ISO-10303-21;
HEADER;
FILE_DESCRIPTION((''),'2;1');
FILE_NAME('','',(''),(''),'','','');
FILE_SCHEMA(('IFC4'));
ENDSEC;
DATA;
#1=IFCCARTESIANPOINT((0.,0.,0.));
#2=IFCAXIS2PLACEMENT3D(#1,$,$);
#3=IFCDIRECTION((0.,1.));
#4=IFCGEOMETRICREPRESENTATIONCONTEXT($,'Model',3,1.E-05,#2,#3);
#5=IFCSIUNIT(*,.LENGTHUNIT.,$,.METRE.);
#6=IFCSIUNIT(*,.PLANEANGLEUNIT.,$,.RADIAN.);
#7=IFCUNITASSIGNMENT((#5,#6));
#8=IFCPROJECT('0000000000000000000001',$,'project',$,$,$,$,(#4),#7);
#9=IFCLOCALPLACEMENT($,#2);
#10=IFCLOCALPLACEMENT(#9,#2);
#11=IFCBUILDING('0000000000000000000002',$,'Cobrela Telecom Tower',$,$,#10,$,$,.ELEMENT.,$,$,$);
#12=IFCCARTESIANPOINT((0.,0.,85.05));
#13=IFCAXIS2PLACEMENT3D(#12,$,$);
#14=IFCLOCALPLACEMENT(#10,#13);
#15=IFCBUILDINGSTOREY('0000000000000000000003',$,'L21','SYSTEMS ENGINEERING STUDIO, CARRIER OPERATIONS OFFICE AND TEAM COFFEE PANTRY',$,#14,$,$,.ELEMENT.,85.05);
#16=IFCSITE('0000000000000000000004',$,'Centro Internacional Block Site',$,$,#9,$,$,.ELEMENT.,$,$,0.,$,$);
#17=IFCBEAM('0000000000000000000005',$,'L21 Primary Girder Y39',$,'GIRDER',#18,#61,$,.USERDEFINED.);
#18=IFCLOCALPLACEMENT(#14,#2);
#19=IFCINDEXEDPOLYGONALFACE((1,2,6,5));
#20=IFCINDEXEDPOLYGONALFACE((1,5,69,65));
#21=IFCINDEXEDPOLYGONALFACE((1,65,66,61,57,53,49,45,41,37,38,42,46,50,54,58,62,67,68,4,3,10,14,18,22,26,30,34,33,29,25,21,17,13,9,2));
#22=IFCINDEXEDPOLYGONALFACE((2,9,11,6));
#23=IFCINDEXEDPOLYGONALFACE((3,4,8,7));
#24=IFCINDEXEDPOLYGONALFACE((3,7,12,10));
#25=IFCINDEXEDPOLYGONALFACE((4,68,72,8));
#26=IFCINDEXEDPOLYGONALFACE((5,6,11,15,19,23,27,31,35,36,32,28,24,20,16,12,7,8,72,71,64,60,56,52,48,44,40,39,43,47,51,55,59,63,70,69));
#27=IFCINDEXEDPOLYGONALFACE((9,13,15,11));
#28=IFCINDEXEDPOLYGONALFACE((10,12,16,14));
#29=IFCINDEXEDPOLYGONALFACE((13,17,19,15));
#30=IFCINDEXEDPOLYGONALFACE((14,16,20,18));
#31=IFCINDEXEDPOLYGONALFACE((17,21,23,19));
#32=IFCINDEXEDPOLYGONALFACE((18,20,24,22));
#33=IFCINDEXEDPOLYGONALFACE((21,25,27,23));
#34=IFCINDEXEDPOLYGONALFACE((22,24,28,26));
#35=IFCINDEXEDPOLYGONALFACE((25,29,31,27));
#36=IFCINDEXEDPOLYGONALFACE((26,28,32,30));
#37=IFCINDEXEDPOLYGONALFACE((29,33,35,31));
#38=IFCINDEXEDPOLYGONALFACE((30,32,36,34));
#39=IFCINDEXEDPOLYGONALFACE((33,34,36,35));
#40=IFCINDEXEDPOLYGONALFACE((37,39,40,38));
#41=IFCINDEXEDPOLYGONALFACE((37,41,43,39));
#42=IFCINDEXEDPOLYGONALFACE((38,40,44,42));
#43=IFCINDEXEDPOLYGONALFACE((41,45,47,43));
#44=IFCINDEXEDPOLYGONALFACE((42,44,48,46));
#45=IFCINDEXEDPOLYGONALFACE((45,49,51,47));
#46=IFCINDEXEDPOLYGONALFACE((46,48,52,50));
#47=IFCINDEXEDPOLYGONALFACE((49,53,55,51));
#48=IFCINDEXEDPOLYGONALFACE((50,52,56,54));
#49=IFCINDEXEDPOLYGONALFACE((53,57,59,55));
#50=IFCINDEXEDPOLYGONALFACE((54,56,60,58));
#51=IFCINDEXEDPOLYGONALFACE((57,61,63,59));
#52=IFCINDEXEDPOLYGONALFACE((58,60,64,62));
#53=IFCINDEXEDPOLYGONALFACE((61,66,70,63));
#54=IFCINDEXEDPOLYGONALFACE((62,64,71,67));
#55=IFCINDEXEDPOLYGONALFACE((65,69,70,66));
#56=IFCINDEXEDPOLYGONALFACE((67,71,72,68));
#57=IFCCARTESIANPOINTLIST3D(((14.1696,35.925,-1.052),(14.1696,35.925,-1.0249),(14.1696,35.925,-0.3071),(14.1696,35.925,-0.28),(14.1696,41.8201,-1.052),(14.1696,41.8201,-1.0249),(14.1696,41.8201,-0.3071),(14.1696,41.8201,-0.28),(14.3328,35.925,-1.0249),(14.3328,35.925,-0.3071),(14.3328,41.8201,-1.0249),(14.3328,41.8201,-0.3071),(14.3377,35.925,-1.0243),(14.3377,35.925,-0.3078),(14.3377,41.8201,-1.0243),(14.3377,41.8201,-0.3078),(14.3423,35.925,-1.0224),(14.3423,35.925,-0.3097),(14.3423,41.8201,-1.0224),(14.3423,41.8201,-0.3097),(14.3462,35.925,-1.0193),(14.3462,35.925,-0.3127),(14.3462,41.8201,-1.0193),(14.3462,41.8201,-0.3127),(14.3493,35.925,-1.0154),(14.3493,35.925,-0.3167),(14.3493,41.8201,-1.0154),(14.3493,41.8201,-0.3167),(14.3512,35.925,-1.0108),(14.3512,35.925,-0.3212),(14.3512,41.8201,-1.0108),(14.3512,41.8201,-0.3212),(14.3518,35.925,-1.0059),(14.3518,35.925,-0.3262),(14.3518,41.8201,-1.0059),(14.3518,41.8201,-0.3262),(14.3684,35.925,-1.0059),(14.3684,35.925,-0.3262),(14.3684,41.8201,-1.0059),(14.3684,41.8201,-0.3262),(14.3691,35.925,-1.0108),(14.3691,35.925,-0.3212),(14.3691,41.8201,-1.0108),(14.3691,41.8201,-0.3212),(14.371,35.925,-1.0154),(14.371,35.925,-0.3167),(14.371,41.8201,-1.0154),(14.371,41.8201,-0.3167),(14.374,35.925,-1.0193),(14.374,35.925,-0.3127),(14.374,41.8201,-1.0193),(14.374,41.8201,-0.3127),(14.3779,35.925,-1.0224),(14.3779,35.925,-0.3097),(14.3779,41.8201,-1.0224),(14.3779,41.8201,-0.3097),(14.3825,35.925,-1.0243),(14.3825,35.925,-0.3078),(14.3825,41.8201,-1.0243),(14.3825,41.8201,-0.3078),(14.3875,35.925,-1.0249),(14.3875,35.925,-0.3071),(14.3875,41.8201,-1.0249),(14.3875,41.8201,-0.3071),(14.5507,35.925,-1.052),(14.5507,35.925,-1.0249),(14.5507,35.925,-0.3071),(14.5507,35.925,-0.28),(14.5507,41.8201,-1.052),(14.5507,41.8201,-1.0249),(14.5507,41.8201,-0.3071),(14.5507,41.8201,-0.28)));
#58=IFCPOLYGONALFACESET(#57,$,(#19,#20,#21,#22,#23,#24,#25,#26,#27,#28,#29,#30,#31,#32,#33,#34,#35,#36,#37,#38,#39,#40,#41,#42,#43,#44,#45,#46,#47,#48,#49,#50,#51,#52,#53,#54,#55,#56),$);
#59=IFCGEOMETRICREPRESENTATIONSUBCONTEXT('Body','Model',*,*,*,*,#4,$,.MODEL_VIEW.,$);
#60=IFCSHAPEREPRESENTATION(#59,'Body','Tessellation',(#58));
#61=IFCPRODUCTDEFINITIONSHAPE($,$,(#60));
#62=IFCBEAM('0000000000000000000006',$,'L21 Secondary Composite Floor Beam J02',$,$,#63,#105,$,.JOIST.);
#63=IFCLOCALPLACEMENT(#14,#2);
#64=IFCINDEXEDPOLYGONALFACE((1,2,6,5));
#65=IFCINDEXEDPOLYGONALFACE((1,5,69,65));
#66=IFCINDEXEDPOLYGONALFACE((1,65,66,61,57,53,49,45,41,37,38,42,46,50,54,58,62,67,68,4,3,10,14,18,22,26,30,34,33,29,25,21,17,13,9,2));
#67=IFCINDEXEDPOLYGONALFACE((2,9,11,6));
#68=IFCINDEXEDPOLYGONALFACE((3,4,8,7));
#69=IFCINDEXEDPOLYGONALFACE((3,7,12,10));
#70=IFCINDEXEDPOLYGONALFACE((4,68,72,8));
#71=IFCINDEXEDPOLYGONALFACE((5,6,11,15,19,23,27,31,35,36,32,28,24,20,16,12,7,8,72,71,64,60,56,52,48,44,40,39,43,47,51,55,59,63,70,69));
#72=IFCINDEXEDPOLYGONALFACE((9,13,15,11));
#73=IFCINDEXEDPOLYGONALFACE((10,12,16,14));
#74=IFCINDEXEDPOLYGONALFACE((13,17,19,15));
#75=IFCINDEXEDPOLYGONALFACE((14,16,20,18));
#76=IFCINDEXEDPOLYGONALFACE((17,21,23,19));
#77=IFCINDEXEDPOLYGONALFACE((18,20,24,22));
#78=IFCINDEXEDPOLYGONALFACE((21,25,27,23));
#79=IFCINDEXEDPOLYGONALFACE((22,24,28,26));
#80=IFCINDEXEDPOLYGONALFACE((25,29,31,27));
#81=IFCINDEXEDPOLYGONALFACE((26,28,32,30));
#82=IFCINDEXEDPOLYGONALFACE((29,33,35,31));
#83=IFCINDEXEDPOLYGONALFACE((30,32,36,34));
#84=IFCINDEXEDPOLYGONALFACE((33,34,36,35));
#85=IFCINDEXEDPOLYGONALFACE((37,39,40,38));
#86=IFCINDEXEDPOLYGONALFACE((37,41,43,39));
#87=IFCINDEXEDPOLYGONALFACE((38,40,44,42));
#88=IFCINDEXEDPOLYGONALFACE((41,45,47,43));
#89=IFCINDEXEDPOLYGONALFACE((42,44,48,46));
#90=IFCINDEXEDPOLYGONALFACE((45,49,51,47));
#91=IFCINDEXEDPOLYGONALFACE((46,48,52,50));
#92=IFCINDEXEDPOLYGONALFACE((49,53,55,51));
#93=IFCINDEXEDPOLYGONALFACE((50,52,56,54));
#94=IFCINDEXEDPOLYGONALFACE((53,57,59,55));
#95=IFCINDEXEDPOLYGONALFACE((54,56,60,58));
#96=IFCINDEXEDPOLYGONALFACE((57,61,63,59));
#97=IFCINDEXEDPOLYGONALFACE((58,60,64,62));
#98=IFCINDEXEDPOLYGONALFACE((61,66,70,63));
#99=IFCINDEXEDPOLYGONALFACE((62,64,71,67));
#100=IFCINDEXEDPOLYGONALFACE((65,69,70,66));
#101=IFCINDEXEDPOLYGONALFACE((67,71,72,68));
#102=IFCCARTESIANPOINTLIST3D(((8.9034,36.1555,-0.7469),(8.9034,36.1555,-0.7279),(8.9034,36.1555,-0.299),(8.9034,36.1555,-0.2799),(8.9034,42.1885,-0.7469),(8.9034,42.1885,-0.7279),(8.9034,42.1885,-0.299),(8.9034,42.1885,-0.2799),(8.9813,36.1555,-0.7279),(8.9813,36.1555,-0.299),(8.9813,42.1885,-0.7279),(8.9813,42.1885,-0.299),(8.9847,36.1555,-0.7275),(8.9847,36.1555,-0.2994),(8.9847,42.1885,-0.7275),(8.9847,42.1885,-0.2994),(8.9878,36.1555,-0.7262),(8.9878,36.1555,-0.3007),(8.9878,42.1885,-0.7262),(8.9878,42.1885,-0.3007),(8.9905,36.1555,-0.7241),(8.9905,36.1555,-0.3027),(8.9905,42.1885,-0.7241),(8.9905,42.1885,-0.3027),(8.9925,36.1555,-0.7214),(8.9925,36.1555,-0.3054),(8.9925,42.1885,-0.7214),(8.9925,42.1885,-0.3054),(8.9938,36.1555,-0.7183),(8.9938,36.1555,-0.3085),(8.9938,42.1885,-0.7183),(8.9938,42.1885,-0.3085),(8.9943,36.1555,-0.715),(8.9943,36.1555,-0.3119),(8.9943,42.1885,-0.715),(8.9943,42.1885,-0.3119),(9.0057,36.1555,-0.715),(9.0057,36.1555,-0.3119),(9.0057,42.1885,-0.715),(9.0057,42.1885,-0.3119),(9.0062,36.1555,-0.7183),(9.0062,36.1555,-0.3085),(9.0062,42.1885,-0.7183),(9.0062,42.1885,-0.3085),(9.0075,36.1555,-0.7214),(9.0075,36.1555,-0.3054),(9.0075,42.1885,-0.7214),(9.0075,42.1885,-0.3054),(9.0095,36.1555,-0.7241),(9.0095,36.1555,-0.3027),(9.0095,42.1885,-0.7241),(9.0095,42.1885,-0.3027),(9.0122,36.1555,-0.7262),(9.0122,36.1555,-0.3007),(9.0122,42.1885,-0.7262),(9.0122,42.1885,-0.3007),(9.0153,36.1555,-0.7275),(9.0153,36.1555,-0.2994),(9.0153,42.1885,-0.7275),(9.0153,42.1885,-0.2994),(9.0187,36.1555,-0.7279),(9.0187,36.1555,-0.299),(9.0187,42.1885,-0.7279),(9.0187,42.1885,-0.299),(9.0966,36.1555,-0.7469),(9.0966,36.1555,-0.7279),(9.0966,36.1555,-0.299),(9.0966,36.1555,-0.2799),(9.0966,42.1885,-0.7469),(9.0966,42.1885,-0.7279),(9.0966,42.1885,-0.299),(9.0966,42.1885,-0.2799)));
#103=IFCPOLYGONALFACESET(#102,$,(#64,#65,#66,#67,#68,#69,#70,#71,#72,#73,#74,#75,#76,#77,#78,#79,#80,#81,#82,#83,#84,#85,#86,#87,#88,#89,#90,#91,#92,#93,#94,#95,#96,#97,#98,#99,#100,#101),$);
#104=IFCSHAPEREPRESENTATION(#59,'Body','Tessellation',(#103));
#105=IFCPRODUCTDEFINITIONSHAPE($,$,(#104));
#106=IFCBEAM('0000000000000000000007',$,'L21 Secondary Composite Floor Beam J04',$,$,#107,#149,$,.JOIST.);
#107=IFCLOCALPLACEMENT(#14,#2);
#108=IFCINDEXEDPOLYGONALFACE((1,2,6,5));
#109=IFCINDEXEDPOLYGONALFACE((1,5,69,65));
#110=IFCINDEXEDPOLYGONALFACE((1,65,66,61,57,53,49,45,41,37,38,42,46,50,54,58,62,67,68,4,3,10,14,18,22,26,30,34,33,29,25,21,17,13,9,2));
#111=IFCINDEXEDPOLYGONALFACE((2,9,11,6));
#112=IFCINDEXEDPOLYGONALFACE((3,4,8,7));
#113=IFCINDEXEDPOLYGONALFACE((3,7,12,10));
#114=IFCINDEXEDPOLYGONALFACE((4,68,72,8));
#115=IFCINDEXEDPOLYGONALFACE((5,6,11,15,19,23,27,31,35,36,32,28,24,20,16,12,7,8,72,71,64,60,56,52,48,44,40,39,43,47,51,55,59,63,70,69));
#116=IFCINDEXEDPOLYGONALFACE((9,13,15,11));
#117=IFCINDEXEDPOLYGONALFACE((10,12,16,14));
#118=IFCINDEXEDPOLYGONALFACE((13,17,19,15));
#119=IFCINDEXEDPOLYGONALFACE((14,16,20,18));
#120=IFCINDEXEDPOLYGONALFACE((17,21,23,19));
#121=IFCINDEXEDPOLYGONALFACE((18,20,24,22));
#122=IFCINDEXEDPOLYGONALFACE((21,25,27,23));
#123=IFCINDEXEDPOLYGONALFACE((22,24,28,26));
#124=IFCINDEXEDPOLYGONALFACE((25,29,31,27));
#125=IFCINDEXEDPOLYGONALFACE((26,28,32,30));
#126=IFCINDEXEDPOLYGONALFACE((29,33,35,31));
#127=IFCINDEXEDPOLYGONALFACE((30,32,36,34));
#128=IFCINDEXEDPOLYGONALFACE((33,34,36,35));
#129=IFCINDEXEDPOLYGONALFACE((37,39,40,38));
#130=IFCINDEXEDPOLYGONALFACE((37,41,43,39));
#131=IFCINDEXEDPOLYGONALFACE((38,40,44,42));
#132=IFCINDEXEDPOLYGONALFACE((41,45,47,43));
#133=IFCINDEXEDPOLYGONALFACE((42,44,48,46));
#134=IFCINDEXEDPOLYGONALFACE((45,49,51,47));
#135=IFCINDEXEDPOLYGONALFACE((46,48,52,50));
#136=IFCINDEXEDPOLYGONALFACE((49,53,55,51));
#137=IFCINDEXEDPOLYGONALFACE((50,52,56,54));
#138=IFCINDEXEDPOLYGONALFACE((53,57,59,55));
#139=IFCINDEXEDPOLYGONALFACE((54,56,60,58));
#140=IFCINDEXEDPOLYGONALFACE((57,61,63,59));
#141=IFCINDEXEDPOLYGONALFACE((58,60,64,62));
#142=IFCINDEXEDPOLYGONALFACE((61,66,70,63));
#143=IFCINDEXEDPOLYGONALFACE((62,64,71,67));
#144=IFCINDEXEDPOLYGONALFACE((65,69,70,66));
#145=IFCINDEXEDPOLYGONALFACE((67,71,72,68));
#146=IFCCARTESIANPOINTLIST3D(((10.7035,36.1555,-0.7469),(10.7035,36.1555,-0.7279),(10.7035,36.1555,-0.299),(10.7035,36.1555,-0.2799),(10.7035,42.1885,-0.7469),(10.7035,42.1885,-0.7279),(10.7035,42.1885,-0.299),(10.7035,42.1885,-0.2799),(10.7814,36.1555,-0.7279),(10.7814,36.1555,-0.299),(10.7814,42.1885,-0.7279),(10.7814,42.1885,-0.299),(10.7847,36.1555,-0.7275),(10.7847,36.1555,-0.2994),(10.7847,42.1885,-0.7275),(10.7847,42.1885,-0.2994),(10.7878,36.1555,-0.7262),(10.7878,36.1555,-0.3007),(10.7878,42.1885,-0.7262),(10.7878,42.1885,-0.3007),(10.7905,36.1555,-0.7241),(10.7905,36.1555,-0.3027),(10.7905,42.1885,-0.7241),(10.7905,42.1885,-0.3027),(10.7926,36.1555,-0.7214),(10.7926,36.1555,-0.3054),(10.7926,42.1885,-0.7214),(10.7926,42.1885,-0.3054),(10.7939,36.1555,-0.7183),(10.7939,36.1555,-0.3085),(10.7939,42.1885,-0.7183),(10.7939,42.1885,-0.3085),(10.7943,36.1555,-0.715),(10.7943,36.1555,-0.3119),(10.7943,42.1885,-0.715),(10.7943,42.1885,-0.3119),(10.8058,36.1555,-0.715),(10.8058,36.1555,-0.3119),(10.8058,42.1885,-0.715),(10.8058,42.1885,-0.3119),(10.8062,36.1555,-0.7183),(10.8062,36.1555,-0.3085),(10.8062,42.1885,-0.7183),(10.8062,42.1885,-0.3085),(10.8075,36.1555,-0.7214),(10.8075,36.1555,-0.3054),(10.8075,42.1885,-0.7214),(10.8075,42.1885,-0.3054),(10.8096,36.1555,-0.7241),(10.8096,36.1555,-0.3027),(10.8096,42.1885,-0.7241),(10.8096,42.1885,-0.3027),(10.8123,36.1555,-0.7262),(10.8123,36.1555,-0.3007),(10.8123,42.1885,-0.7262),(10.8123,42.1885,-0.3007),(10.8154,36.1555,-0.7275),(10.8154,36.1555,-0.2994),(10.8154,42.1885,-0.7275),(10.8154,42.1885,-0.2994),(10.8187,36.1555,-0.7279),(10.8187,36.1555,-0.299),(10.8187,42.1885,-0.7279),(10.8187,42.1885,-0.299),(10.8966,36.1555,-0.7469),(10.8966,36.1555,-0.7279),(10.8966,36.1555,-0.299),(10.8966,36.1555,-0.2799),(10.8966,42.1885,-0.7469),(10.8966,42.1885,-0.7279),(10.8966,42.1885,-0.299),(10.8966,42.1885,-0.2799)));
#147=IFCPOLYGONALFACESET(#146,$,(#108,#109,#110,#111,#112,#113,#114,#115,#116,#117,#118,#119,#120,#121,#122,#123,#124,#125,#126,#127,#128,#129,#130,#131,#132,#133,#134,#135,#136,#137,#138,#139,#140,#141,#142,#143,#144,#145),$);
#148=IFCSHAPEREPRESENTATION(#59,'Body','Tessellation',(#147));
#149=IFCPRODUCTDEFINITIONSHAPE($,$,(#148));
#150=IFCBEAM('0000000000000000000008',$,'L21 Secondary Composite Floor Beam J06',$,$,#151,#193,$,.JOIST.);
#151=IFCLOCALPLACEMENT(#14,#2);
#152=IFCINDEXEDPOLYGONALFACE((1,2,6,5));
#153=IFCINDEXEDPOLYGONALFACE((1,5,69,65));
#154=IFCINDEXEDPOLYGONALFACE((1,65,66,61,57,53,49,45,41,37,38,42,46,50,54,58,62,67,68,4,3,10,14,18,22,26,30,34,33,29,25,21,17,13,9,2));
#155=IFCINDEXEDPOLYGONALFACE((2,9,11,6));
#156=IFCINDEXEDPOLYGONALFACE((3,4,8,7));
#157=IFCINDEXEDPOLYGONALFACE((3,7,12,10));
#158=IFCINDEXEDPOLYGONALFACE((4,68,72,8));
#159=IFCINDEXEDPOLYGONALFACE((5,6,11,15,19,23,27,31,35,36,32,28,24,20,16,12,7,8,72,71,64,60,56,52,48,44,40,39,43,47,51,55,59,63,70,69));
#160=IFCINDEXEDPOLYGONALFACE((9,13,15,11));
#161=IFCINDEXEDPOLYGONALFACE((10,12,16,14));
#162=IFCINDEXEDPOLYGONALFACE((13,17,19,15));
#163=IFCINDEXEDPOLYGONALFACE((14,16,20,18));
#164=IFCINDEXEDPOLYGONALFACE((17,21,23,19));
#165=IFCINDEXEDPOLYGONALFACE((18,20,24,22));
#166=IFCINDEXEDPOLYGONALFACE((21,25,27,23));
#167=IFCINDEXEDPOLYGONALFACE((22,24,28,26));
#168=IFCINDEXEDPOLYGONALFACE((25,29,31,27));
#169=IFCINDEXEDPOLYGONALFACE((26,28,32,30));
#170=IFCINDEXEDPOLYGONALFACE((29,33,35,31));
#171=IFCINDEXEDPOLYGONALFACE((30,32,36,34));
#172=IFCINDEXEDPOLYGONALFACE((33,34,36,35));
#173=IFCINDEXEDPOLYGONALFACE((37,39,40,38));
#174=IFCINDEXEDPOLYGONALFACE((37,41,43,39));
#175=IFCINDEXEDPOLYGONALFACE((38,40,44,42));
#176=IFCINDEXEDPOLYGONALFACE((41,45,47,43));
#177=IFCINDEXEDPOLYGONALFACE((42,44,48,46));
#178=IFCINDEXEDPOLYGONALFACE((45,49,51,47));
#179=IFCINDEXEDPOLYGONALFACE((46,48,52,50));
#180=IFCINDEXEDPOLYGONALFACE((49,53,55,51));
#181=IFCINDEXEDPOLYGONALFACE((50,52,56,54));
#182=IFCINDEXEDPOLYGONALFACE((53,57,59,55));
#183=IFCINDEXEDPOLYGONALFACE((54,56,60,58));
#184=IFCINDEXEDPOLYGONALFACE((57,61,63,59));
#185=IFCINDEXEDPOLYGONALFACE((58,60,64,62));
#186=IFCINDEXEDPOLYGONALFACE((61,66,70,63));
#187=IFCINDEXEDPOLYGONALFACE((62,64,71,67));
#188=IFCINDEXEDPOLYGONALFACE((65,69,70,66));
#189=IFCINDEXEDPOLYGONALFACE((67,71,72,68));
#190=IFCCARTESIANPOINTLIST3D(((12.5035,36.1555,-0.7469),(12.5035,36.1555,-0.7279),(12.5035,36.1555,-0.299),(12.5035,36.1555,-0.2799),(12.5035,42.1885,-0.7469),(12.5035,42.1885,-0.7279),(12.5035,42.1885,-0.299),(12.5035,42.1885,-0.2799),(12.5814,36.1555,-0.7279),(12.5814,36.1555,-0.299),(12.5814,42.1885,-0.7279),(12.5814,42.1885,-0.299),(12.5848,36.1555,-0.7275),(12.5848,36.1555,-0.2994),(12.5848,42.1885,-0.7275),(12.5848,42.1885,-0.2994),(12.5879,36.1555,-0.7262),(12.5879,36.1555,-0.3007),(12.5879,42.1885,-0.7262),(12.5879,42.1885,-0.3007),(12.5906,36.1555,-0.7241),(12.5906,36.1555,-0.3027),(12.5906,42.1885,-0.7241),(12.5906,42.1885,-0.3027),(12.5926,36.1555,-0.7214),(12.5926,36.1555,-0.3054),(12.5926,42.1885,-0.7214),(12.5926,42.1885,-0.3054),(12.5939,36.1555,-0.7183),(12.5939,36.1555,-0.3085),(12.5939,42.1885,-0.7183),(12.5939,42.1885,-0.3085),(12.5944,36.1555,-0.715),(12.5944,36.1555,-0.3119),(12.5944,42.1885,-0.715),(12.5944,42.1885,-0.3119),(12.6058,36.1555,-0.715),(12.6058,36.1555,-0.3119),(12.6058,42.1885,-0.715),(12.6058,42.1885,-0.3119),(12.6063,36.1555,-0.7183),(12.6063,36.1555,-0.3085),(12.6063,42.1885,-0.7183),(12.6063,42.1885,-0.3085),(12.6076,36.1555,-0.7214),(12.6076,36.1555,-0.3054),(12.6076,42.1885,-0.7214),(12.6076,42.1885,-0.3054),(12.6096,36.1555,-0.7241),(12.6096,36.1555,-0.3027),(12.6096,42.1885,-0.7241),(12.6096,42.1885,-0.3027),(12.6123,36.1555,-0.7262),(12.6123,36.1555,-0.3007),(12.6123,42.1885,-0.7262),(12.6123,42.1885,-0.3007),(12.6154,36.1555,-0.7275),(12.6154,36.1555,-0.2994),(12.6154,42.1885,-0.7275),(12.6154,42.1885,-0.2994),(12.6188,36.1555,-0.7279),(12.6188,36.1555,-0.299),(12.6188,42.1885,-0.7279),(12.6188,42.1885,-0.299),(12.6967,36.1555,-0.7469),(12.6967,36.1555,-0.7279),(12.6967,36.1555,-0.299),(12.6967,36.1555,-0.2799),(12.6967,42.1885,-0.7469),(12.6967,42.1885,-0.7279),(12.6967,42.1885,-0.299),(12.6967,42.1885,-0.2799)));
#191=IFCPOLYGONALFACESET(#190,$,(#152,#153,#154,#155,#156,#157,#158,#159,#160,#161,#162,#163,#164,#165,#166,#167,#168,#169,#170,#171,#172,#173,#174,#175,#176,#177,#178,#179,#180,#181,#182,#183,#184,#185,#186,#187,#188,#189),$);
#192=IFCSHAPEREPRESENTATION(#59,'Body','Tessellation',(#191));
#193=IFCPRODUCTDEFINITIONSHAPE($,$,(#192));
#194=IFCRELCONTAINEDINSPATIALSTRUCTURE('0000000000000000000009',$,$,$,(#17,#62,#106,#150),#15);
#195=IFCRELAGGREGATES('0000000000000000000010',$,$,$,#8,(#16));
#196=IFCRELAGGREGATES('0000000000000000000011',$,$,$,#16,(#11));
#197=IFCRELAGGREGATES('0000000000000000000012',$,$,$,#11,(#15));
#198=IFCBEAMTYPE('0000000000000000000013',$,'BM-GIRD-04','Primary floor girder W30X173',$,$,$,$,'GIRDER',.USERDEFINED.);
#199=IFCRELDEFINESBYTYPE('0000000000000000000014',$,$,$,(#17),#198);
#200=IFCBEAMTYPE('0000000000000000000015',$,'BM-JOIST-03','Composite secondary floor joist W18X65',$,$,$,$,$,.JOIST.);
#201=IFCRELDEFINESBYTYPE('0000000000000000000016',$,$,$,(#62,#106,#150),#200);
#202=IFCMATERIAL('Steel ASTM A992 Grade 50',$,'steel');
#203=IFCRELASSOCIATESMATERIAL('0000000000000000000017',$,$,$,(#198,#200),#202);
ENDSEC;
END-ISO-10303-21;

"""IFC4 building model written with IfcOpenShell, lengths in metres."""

from ifc_helpers import new_model, si_unit, direction, frame, origin, origin_2d, place, context, subcontext, project, spatial, i_section, extrude, material, material_profile, profile_set, type_object, element, save


model = new_model("IFC4")

# Units and contexts
model_context = context("Model", 3, precision=1e-05, world=origin(), true_north=direction((0.0, 1.0)))
body_context = subcontext(model_context, "Body", "Model", "MODEL_VIEW")
ifc_project = project(units=[si_unit("LENGTHUNIT", "METRE"), si_unit("PLANEANGLEUNIT", "RADIAN")], contexts=[model_context])

# Site, building, storey
site_placement = place(None, origin())
site = spatial("IfcSite", under=ifc_project, at=site_placement, Name="Centro Internacional Block Site", CompositionType="ELEMENT", RefElevation=0.0)
building_placement = place(site_placement, origin())
building = spatial("IfcBuilding", under=site, at=building_placement, Name="Cobrela Telecom Tower", CompositionType="ELEMENT")
storey_placement = place(building_placement, frame((0.0, 0.0, 85.05)))
storey = spatial("IfcBuildingStorey", under=building, at=storey_placement, Name="L21", Description="SYSTEMS ENGINEERING STUDIO, CARRIER OPERATIONS OFFICE AND TEAM COFFEE PANTRY", CompositionType="ELEMENT", Elevation=85.05)

# Beams
ifc_material_1 = material(Name="Steel ASTM A992 Grade 50", Category="steel")
ifc_material_profile_1 = material_profile(ifc_material_1, i_section(OverallWidth=0.3811, OverallDepth=0.772, WebThickness=0.0166, FlangeThickness=0.0271, FilletRadius=0.019, at=origin_2d()), Name="W30X173")
ifc_profile_set_1 = profile_set([ifc_material_profile_1], Name="Steel ASTM A992 Grade 50")
beam_type_1 = type_object("IfcBeamType", Name="BM-GIRD-04", Description="Primary floor girder W30X173", ElementType="GIRDER", PredefinedType="USERDEFINED", material=ifc_profile_set_1)
for number, where, z_axis, x_axis, name in (
    (1, (14.3601, 35.925, -0.666), (0.0, 1.0, 0.0), (-1.0, 0.0, 0.0), "L21 Primary Girder Y39"),
):
    element("IfcBeam", number, at=place(storey_placement, frame(where, z_axis=z_axis, x_axis=x_axis)), inside=storey, type_object=beam_type_1, Name=name, ObjectType="GIRDER", PredefinedType="USERDEFINED", context=body_context, shape_type="SweptSolid", body=[
        extrude(i_section(OverallWidth=0.3811, OverallDepth=0.772, WebThickness=0.0166, FlangeThickness=0.0271, FilletRadius=0.019, at=origin_2d()), origin(), (0.0, 0.0, 1.0), 5.895),
    ])
ifc_material_profile_2 = material_profile(ifc_material_1, i_section(OverallWidth=0.1931, OverallDepth=0.467, WebThickness=0.0115, FlangeThickness=0.019, FilletRadius=0.0129, at=origin_2d()), Name="W18X65")
ifc_profile_set_2 = profile_set([ifc_material_profile_2], Name="Steel ASTM A992 Grade 50")
beam_type_2 = type_object("IfcBeamType", Name="BM-JOIST-03", Description="Composite secondary floor joist W18X65", PredefinedType="JOIST", material=ifc_profile_set_2)
for number, where, z_axis, x_axis, name in (
    (2, (9.0, 36.1555, -0.5134), (0.0, 1.0, 0.0), (-1.0, 0.0, 0.0), "L21 Secondary Composite Floor Beam J02"),
    (3, (10.8, 36.1555, -0.5134), (0.0, 1.0, 0.0), (-1.0, 0.0, 0.0), "L21 Secondary Composite Floor Beam J04"),
    (4, (12.6001, 36.1555, -0.5134), (0.0, 1.0, 0.0), (-1.0, 0.0, 0.0), "L21 Secondary Composite Floor Beam J06"),
):
    element("IfcBeam", number, at=place(storey_placement, frame(where, z_axis=z_axis, x_axis=x_axis)), inside=storey, type_object=beam_type_2, Name=name, PredefinedType="JOIST", context=body_context, shape_type="SweptSolid", body=[
        extrude(i_section(OverallWidth=0.1931, OverallDepth=0.467, WebThickness=0.0115, FlangeThickness=0.019, FilletRadius=0.0129, at=origin_2d()), origin(), (0.0, 0.0, 1.0), 6.033),
    ])

save(model, "model.ifc")
